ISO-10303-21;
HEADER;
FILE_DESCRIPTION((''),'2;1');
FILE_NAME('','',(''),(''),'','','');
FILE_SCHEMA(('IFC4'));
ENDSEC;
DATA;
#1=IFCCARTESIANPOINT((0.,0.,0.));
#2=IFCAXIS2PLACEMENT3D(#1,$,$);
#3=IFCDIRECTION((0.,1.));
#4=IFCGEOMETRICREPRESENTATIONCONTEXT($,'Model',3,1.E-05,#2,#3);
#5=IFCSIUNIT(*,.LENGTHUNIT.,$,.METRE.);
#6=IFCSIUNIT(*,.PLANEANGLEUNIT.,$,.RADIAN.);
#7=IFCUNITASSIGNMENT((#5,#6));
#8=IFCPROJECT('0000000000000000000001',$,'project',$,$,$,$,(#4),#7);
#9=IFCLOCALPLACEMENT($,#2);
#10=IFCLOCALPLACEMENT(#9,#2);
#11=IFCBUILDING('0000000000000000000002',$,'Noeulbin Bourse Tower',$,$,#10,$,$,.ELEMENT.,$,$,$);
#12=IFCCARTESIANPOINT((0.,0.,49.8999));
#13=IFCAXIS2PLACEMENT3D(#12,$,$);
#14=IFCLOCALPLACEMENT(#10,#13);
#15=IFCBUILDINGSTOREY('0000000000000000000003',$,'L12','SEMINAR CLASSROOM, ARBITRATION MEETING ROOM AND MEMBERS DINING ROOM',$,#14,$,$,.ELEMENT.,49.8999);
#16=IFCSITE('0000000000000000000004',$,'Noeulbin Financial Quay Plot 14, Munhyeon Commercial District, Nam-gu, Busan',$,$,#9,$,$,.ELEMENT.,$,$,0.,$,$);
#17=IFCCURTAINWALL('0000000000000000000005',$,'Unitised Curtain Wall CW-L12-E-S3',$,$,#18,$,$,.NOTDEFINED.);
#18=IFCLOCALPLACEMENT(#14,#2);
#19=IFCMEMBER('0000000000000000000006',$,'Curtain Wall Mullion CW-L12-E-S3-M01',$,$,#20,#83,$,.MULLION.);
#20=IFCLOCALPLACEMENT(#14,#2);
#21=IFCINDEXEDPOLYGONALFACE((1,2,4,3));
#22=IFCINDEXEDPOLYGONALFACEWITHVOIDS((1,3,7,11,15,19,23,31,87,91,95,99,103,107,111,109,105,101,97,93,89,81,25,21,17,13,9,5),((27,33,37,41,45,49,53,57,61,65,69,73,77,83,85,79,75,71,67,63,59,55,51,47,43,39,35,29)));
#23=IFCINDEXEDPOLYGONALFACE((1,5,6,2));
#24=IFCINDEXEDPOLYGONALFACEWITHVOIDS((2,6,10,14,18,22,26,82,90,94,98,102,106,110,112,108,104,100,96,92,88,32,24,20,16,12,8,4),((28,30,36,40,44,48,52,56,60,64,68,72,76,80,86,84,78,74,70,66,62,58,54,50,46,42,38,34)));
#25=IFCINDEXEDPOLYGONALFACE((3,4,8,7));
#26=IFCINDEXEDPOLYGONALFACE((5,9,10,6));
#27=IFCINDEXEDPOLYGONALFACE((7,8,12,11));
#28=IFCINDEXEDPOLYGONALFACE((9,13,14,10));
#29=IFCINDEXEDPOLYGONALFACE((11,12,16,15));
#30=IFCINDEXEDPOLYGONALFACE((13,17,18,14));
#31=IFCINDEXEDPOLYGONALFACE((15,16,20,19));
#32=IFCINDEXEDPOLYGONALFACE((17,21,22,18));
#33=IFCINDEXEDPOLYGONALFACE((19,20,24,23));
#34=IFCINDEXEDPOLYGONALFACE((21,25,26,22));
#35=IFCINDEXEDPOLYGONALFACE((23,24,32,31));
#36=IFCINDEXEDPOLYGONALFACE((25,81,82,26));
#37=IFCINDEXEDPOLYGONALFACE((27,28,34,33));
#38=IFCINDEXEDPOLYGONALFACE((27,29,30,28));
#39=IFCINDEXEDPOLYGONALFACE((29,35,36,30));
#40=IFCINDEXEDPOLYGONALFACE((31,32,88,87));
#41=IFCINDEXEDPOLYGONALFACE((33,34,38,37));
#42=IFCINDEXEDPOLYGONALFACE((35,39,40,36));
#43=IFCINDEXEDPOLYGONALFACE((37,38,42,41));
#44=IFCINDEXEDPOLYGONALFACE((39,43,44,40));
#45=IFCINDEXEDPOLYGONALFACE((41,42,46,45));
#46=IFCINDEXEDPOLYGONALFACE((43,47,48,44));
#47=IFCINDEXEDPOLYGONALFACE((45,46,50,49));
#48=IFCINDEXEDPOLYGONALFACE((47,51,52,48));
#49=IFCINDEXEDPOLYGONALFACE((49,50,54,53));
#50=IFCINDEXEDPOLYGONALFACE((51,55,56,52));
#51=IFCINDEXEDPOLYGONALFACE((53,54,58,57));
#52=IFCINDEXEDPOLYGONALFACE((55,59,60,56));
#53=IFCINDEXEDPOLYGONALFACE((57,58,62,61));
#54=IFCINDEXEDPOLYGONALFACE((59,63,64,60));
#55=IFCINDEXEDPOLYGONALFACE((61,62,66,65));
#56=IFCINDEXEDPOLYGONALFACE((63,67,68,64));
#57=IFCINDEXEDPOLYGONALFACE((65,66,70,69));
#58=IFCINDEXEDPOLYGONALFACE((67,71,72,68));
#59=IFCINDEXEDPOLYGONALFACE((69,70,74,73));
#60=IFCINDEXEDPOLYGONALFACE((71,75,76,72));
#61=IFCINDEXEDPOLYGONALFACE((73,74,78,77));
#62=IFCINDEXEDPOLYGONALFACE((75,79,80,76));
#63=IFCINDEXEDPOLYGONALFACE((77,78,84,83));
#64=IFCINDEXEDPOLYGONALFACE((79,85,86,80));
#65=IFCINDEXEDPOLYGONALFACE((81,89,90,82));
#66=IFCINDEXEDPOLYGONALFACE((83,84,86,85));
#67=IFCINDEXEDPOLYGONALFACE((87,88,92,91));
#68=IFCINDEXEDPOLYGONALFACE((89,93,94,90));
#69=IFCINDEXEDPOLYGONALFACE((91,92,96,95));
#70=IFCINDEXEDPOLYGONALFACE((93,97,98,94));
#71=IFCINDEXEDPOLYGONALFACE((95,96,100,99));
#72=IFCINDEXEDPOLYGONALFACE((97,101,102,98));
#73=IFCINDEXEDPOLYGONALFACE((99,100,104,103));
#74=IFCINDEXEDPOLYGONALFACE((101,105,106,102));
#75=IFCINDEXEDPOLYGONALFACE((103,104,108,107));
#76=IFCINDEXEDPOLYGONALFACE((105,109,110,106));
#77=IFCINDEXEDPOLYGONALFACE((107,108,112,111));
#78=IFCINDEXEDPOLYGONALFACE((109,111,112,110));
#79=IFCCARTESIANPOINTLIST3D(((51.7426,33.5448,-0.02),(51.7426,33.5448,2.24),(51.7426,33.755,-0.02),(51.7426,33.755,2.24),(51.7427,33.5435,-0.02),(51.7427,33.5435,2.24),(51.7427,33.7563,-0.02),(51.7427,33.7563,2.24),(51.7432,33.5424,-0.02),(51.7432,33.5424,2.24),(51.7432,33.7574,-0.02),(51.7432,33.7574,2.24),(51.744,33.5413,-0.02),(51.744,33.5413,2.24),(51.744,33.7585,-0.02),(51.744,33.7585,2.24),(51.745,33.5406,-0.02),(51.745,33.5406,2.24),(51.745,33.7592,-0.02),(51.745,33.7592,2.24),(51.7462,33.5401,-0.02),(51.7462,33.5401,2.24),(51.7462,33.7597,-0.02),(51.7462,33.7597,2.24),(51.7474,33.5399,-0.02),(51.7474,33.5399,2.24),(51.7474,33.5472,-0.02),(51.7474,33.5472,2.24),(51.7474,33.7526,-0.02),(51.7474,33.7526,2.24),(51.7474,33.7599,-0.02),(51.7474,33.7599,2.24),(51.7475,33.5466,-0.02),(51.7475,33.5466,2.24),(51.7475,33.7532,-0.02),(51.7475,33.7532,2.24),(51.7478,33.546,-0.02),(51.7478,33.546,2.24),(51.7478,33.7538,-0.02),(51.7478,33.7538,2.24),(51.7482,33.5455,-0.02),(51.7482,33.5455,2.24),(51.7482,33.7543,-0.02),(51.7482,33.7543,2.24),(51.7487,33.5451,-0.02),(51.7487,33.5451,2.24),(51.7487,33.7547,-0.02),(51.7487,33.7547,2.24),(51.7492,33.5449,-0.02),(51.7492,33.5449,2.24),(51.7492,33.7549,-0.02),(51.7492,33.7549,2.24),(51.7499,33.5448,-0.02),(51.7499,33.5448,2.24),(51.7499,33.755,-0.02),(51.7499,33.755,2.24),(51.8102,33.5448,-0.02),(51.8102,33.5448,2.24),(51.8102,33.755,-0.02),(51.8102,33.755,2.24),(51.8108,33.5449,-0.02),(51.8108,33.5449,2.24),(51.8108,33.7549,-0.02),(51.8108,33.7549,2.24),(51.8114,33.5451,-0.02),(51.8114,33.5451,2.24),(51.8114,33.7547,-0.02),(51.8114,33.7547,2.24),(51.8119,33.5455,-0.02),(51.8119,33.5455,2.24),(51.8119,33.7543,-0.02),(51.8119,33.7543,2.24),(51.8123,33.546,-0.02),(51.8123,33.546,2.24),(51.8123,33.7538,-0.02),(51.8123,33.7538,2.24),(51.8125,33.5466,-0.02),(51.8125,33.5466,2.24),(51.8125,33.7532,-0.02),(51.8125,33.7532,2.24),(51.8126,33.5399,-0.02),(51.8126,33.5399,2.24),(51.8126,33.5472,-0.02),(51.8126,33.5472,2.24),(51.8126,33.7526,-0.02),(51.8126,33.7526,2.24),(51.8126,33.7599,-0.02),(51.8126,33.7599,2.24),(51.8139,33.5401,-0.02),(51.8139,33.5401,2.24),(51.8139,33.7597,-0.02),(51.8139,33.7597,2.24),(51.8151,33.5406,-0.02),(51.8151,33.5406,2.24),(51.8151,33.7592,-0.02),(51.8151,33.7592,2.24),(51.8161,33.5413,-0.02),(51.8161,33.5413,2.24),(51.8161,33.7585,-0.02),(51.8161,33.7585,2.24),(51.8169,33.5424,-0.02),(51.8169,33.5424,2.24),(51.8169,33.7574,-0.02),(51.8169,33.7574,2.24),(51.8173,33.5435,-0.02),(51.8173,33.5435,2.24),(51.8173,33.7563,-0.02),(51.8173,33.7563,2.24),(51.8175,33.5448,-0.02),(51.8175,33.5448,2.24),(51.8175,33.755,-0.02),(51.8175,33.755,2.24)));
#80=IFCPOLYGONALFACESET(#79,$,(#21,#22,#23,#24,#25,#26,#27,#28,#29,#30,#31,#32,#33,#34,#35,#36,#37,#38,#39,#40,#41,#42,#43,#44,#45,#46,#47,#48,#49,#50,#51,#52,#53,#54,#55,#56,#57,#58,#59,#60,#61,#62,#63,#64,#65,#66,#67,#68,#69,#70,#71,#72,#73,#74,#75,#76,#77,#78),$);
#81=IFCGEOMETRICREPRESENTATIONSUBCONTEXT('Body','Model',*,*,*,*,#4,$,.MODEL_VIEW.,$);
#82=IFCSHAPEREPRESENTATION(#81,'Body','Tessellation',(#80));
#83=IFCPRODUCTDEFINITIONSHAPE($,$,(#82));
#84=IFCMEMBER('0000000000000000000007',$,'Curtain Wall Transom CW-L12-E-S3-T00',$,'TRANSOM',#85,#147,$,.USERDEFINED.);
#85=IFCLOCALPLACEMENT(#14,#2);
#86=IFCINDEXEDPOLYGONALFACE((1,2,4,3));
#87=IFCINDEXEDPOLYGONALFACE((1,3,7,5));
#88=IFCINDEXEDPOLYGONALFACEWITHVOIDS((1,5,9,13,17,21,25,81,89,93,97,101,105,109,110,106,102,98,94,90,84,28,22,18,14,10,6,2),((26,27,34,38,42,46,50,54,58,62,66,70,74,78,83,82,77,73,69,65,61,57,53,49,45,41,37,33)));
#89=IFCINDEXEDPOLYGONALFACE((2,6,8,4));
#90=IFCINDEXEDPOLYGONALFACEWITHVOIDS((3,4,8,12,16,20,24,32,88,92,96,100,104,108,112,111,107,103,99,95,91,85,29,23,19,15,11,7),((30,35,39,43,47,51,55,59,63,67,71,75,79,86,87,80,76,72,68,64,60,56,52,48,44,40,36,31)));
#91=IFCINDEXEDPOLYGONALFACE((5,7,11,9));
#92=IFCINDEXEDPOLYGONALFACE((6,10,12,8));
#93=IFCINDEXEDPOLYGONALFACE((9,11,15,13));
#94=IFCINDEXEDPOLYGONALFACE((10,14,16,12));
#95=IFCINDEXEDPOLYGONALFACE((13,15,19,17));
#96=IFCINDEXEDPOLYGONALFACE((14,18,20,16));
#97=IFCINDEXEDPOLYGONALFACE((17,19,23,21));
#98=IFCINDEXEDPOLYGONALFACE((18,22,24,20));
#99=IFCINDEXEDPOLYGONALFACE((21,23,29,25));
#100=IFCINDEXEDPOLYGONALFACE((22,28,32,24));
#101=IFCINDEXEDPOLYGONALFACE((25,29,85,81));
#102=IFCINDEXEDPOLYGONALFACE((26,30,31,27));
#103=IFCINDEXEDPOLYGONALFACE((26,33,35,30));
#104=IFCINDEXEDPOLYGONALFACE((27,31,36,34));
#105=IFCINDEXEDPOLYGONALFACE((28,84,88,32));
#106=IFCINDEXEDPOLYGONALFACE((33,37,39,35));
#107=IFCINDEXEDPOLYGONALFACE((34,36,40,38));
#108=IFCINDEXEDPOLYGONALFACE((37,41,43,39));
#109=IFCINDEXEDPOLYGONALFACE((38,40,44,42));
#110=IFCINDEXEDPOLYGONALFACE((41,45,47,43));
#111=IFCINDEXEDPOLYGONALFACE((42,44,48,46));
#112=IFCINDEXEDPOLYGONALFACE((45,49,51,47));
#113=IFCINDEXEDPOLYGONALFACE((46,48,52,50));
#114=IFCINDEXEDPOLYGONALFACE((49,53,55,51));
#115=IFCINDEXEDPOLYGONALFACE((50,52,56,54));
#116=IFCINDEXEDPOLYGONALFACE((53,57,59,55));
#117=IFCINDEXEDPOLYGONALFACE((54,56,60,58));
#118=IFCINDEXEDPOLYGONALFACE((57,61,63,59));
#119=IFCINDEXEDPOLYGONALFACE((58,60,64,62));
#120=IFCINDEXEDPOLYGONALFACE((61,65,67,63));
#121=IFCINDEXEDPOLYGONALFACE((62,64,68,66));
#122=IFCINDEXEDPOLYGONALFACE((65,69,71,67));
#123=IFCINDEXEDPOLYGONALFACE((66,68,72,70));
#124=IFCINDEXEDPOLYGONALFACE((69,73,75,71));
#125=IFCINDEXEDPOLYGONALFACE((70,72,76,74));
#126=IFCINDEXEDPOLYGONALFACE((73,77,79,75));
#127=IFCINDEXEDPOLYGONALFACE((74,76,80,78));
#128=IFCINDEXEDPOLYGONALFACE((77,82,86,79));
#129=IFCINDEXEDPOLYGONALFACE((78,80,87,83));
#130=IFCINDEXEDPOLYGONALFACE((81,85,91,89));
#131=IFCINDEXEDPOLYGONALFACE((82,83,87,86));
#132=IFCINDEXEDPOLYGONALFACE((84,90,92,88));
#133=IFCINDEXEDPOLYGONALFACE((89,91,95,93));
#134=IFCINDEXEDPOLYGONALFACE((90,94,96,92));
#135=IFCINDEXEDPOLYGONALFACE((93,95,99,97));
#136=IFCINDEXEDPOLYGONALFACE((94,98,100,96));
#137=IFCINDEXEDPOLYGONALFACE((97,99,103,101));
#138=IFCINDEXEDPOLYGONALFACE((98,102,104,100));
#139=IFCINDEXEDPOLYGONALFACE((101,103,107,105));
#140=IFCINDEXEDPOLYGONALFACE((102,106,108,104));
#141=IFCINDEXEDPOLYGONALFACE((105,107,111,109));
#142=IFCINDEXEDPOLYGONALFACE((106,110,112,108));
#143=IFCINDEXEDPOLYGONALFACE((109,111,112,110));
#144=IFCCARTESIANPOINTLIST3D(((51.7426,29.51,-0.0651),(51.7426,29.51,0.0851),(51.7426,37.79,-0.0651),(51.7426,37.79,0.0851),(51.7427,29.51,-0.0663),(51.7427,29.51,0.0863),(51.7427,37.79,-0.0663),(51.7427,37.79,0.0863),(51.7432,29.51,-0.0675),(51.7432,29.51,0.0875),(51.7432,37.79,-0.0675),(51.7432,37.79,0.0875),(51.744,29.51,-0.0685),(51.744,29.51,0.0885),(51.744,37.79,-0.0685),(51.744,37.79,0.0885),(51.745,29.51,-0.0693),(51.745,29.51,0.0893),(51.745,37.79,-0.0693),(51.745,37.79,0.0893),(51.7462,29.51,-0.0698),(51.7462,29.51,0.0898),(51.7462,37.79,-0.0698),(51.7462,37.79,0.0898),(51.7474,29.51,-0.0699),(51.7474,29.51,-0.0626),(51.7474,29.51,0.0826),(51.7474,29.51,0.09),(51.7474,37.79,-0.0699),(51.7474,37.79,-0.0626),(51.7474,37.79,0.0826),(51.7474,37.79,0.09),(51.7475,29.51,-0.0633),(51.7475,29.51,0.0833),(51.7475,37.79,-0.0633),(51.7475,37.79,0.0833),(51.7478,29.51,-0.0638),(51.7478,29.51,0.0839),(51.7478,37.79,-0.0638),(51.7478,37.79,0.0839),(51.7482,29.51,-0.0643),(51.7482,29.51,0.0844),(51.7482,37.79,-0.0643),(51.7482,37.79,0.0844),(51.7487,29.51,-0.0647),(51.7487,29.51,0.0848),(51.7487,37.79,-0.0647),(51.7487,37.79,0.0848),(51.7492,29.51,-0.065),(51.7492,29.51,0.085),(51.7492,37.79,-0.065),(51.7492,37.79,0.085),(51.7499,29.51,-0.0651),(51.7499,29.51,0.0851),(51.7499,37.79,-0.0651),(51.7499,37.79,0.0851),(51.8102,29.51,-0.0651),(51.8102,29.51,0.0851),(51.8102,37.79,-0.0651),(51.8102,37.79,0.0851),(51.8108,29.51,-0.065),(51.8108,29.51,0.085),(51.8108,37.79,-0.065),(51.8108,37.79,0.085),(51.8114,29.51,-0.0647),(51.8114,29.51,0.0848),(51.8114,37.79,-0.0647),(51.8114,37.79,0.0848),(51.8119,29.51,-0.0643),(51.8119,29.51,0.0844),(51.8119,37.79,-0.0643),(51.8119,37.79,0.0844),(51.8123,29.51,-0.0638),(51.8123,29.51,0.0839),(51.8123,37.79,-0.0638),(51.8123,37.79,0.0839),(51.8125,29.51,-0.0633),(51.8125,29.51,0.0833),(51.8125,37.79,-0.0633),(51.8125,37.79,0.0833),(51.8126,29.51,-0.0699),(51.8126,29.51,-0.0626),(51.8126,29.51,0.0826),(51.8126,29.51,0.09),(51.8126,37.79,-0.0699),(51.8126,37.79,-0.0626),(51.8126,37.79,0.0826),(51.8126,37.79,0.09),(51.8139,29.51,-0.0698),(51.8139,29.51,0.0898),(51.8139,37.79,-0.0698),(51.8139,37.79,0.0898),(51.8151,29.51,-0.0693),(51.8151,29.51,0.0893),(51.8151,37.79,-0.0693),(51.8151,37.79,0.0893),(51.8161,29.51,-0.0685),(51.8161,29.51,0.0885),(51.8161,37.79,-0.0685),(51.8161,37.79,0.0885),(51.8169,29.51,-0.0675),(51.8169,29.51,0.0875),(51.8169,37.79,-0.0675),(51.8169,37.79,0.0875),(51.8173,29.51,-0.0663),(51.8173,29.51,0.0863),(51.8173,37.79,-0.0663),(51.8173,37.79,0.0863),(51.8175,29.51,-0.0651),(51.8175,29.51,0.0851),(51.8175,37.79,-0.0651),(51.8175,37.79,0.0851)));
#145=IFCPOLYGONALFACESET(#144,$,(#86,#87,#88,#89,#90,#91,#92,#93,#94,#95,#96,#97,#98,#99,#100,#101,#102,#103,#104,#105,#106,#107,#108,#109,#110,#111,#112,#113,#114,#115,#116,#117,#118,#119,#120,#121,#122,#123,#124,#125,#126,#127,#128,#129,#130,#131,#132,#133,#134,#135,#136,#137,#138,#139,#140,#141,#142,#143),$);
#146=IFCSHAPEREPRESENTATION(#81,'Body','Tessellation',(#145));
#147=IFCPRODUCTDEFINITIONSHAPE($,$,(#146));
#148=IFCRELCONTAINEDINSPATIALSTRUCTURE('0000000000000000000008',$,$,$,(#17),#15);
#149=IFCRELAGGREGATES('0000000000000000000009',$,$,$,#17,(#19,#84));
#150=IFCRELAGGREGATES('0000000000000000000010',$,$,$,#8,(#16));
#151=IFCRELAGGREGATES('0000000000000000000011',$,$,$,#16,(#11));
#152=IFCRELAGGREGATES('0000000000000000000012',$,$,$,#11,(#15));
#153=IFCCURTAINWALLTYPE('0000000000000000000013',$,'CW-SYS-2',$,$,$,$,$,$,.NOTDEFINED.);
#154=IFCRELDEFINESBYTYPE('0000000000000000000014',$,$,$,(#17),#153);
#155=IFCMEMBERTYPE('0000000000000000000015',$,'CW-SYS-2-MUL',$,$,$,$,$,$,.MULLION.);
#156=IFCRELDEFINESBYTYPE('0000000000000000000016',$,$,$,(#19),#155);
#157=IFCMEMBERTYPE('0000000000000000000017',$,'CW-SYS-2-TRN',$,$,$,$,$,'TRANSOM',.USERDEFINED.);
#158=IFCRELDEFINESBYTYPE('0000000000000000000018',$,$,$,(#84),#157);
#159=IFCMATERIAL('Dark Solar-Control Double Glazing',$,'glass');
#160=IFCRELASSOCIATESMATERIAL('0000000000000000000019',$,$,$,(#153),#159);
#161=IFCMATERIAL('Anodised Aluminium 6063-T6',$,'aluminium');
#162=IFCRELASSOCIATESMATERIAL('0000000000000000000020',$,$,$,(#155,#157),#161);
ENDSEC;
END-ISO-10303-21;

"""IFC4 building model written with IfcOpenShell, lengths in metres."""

from ifc_helpers import new_model, si_unit, direction, frame, origin, origin_2d, place, context, subcontext, project, spatial, hollow_rectangle, extrude, material, material_profile, profile_set, type_object, element, aggregate, save


model = new_model("IFC4")

# Units and contexts
model_context = context("Model", 3, precision=1e-05, world=origin(), true_north=direction((0.0, 1.0)))
body_context = subcontext(model_context, "Body", "Model", "MODEL_VIEW")
ifc_project = project(units=[si_unit("LENGTHUNIT", "METRE"), si_unit("PLANEANGLEUNIT", "RADIAN")], contexts=[model_context])

# Site, building, storey
site_placement = place(None, origin())
site = spatial("IfcSite", under=ifc_project, at=site_placement, Name="Noeulbin Financial Quay Plot 14, Munhyeon Commercial District, Nam-gu, Busan", CompositionType="ELEMENT", RefElevation=0.0)
building_placement = place(site_placement, origin())
building = spatial("IfcBuilding", under=site, at=building_placement, Name="Noeulbin Bourse Tower", CompositionType="ELEMENT")
storey_placement = place(building_placement, frame((0.0, 0.0, 49.8999)))
storey = spatial("IfcBuildingStorey", under=building, at=storey_placement, Name="L12", Description="SEMINAR CLASSROOM, ARBITRATION MEETING ROOM AND MEMBERS DINING ROOM", CompositionType="ELEMENT", Elevation=49.8999)

# Curtain wall, members
ifc_material_1 = material(Name="Dark Solar-Control Double Glazing", Category="glass")
curtain_wall_type = type_object("IfcCurtainWallType", Name="CW-SYS-2", PredefinedType="NOTDEFINED", material=ifc_material_1)
curtain_wall_placement = place(storey_placement, origin())
curtain_wall = element("IfcCurtainWall", 1, at=curtain_wall_placement, inside=storey, type_object=curtain_wall_type, Name="Unitised Curtain Wall CW-L12-E-S3", PredefinedType="NOTDEFINED")
ifc_material_2 = material(Name="Anodised Aluminium 6063-T6", Category="aluminium")
ifc_material_profile_1 = material_profile(ifc_material_2, hollow_rectangle(XDim=0.075, YDim=0.22, WallThickness=0.0049, InnerFilletRadius=0.0024, OuterFilletRadius=0.0049, at=origin_2d()), Name="ALU-MULL-75x220x5", Category="LoadBearing")
ifc_profile_set_1 = profile_set([ifc_material_profile_1], Name="Anodised Aluminium 6063-T6")
member_type_1 = type_object("IfcMemberType", Name="CW-SYS-2-MUL", PredefinedType="MULLION", material=ifc_profile_set_1)
member_1_placement = place(storey_placement, frame((51.78, 33.6499, -0.02), z_axis=(0.0, 0.0, 1.0), x_axis=(1.0, 0.0, 0.0)))
member_1 = element("IfcMember", 2, at=member_1_placement, type_object=member_type_1, Name="Curtain Wall Mullion CW-L12-E-S3-M01", PredefinedType="MULLION", context=body_context, shape_type="SweptSolid", body=[
    extrude(hollow_rectangle(XDim=0.075, YDim=0.22, WallThickness=0.0049, InnerFilletRadius=0.0024, OuterFilletRadius=0.0049, at=origin_2d()), origin(), (0.0, 0.0, 1.0), 2.26),
])
ifc_material_profile_2 = material_profile(ifc_material_2, hollow_rectangle(XDim=0.075, YDim=0.1599, WallThickness=0.0049, InnerFilletRadius=0.0024, OuterFilletRadius=0.0049, at=origin_2d()), Name="ALU-TRAN-75x160x5", Category="LoadBearing")
ifc_profile_set_2 = profile_set([ifc_material_profile_2], Name="Anodised Aluminium 6063-T6")
member_type_2 = type_object("IfcMemberType", Name="CW-SYS-2-TRN", ElementType="TRANSOM", PredefinedType="USERDEFINED", material=ifc_profile_set_2)
member_2_placement = place(storey_placement, frame((51.78, 29.51, 0.01), z_axis=(0.0, 1.0, 0.0), x_axis=(-1.0, 0.0, 0.0)))
member_2 = element("IfcMember", 3, at=member_2_placement, type_object=member_type_2, Name="Curtain Wall Transom CW-L12-E-S3-T00", ObjectType="TRANSOM", PredefinedType="USERDEFINED", context=body_context, shape_type="SweptSolid", body=[
    extrude(hollow_rectangle(XDim=0.075, YDim=0.1599, WallThickness=0.0049, InnerFilletRadius=0.0024, OuterFilletRadius=0.0049, at=origin_2d()), origin(), (0.0, 0.0, 1.0), 8.28),
])
aggregate(curtain_wall, [member_1, member_2])

save(model, "model.ifc")
